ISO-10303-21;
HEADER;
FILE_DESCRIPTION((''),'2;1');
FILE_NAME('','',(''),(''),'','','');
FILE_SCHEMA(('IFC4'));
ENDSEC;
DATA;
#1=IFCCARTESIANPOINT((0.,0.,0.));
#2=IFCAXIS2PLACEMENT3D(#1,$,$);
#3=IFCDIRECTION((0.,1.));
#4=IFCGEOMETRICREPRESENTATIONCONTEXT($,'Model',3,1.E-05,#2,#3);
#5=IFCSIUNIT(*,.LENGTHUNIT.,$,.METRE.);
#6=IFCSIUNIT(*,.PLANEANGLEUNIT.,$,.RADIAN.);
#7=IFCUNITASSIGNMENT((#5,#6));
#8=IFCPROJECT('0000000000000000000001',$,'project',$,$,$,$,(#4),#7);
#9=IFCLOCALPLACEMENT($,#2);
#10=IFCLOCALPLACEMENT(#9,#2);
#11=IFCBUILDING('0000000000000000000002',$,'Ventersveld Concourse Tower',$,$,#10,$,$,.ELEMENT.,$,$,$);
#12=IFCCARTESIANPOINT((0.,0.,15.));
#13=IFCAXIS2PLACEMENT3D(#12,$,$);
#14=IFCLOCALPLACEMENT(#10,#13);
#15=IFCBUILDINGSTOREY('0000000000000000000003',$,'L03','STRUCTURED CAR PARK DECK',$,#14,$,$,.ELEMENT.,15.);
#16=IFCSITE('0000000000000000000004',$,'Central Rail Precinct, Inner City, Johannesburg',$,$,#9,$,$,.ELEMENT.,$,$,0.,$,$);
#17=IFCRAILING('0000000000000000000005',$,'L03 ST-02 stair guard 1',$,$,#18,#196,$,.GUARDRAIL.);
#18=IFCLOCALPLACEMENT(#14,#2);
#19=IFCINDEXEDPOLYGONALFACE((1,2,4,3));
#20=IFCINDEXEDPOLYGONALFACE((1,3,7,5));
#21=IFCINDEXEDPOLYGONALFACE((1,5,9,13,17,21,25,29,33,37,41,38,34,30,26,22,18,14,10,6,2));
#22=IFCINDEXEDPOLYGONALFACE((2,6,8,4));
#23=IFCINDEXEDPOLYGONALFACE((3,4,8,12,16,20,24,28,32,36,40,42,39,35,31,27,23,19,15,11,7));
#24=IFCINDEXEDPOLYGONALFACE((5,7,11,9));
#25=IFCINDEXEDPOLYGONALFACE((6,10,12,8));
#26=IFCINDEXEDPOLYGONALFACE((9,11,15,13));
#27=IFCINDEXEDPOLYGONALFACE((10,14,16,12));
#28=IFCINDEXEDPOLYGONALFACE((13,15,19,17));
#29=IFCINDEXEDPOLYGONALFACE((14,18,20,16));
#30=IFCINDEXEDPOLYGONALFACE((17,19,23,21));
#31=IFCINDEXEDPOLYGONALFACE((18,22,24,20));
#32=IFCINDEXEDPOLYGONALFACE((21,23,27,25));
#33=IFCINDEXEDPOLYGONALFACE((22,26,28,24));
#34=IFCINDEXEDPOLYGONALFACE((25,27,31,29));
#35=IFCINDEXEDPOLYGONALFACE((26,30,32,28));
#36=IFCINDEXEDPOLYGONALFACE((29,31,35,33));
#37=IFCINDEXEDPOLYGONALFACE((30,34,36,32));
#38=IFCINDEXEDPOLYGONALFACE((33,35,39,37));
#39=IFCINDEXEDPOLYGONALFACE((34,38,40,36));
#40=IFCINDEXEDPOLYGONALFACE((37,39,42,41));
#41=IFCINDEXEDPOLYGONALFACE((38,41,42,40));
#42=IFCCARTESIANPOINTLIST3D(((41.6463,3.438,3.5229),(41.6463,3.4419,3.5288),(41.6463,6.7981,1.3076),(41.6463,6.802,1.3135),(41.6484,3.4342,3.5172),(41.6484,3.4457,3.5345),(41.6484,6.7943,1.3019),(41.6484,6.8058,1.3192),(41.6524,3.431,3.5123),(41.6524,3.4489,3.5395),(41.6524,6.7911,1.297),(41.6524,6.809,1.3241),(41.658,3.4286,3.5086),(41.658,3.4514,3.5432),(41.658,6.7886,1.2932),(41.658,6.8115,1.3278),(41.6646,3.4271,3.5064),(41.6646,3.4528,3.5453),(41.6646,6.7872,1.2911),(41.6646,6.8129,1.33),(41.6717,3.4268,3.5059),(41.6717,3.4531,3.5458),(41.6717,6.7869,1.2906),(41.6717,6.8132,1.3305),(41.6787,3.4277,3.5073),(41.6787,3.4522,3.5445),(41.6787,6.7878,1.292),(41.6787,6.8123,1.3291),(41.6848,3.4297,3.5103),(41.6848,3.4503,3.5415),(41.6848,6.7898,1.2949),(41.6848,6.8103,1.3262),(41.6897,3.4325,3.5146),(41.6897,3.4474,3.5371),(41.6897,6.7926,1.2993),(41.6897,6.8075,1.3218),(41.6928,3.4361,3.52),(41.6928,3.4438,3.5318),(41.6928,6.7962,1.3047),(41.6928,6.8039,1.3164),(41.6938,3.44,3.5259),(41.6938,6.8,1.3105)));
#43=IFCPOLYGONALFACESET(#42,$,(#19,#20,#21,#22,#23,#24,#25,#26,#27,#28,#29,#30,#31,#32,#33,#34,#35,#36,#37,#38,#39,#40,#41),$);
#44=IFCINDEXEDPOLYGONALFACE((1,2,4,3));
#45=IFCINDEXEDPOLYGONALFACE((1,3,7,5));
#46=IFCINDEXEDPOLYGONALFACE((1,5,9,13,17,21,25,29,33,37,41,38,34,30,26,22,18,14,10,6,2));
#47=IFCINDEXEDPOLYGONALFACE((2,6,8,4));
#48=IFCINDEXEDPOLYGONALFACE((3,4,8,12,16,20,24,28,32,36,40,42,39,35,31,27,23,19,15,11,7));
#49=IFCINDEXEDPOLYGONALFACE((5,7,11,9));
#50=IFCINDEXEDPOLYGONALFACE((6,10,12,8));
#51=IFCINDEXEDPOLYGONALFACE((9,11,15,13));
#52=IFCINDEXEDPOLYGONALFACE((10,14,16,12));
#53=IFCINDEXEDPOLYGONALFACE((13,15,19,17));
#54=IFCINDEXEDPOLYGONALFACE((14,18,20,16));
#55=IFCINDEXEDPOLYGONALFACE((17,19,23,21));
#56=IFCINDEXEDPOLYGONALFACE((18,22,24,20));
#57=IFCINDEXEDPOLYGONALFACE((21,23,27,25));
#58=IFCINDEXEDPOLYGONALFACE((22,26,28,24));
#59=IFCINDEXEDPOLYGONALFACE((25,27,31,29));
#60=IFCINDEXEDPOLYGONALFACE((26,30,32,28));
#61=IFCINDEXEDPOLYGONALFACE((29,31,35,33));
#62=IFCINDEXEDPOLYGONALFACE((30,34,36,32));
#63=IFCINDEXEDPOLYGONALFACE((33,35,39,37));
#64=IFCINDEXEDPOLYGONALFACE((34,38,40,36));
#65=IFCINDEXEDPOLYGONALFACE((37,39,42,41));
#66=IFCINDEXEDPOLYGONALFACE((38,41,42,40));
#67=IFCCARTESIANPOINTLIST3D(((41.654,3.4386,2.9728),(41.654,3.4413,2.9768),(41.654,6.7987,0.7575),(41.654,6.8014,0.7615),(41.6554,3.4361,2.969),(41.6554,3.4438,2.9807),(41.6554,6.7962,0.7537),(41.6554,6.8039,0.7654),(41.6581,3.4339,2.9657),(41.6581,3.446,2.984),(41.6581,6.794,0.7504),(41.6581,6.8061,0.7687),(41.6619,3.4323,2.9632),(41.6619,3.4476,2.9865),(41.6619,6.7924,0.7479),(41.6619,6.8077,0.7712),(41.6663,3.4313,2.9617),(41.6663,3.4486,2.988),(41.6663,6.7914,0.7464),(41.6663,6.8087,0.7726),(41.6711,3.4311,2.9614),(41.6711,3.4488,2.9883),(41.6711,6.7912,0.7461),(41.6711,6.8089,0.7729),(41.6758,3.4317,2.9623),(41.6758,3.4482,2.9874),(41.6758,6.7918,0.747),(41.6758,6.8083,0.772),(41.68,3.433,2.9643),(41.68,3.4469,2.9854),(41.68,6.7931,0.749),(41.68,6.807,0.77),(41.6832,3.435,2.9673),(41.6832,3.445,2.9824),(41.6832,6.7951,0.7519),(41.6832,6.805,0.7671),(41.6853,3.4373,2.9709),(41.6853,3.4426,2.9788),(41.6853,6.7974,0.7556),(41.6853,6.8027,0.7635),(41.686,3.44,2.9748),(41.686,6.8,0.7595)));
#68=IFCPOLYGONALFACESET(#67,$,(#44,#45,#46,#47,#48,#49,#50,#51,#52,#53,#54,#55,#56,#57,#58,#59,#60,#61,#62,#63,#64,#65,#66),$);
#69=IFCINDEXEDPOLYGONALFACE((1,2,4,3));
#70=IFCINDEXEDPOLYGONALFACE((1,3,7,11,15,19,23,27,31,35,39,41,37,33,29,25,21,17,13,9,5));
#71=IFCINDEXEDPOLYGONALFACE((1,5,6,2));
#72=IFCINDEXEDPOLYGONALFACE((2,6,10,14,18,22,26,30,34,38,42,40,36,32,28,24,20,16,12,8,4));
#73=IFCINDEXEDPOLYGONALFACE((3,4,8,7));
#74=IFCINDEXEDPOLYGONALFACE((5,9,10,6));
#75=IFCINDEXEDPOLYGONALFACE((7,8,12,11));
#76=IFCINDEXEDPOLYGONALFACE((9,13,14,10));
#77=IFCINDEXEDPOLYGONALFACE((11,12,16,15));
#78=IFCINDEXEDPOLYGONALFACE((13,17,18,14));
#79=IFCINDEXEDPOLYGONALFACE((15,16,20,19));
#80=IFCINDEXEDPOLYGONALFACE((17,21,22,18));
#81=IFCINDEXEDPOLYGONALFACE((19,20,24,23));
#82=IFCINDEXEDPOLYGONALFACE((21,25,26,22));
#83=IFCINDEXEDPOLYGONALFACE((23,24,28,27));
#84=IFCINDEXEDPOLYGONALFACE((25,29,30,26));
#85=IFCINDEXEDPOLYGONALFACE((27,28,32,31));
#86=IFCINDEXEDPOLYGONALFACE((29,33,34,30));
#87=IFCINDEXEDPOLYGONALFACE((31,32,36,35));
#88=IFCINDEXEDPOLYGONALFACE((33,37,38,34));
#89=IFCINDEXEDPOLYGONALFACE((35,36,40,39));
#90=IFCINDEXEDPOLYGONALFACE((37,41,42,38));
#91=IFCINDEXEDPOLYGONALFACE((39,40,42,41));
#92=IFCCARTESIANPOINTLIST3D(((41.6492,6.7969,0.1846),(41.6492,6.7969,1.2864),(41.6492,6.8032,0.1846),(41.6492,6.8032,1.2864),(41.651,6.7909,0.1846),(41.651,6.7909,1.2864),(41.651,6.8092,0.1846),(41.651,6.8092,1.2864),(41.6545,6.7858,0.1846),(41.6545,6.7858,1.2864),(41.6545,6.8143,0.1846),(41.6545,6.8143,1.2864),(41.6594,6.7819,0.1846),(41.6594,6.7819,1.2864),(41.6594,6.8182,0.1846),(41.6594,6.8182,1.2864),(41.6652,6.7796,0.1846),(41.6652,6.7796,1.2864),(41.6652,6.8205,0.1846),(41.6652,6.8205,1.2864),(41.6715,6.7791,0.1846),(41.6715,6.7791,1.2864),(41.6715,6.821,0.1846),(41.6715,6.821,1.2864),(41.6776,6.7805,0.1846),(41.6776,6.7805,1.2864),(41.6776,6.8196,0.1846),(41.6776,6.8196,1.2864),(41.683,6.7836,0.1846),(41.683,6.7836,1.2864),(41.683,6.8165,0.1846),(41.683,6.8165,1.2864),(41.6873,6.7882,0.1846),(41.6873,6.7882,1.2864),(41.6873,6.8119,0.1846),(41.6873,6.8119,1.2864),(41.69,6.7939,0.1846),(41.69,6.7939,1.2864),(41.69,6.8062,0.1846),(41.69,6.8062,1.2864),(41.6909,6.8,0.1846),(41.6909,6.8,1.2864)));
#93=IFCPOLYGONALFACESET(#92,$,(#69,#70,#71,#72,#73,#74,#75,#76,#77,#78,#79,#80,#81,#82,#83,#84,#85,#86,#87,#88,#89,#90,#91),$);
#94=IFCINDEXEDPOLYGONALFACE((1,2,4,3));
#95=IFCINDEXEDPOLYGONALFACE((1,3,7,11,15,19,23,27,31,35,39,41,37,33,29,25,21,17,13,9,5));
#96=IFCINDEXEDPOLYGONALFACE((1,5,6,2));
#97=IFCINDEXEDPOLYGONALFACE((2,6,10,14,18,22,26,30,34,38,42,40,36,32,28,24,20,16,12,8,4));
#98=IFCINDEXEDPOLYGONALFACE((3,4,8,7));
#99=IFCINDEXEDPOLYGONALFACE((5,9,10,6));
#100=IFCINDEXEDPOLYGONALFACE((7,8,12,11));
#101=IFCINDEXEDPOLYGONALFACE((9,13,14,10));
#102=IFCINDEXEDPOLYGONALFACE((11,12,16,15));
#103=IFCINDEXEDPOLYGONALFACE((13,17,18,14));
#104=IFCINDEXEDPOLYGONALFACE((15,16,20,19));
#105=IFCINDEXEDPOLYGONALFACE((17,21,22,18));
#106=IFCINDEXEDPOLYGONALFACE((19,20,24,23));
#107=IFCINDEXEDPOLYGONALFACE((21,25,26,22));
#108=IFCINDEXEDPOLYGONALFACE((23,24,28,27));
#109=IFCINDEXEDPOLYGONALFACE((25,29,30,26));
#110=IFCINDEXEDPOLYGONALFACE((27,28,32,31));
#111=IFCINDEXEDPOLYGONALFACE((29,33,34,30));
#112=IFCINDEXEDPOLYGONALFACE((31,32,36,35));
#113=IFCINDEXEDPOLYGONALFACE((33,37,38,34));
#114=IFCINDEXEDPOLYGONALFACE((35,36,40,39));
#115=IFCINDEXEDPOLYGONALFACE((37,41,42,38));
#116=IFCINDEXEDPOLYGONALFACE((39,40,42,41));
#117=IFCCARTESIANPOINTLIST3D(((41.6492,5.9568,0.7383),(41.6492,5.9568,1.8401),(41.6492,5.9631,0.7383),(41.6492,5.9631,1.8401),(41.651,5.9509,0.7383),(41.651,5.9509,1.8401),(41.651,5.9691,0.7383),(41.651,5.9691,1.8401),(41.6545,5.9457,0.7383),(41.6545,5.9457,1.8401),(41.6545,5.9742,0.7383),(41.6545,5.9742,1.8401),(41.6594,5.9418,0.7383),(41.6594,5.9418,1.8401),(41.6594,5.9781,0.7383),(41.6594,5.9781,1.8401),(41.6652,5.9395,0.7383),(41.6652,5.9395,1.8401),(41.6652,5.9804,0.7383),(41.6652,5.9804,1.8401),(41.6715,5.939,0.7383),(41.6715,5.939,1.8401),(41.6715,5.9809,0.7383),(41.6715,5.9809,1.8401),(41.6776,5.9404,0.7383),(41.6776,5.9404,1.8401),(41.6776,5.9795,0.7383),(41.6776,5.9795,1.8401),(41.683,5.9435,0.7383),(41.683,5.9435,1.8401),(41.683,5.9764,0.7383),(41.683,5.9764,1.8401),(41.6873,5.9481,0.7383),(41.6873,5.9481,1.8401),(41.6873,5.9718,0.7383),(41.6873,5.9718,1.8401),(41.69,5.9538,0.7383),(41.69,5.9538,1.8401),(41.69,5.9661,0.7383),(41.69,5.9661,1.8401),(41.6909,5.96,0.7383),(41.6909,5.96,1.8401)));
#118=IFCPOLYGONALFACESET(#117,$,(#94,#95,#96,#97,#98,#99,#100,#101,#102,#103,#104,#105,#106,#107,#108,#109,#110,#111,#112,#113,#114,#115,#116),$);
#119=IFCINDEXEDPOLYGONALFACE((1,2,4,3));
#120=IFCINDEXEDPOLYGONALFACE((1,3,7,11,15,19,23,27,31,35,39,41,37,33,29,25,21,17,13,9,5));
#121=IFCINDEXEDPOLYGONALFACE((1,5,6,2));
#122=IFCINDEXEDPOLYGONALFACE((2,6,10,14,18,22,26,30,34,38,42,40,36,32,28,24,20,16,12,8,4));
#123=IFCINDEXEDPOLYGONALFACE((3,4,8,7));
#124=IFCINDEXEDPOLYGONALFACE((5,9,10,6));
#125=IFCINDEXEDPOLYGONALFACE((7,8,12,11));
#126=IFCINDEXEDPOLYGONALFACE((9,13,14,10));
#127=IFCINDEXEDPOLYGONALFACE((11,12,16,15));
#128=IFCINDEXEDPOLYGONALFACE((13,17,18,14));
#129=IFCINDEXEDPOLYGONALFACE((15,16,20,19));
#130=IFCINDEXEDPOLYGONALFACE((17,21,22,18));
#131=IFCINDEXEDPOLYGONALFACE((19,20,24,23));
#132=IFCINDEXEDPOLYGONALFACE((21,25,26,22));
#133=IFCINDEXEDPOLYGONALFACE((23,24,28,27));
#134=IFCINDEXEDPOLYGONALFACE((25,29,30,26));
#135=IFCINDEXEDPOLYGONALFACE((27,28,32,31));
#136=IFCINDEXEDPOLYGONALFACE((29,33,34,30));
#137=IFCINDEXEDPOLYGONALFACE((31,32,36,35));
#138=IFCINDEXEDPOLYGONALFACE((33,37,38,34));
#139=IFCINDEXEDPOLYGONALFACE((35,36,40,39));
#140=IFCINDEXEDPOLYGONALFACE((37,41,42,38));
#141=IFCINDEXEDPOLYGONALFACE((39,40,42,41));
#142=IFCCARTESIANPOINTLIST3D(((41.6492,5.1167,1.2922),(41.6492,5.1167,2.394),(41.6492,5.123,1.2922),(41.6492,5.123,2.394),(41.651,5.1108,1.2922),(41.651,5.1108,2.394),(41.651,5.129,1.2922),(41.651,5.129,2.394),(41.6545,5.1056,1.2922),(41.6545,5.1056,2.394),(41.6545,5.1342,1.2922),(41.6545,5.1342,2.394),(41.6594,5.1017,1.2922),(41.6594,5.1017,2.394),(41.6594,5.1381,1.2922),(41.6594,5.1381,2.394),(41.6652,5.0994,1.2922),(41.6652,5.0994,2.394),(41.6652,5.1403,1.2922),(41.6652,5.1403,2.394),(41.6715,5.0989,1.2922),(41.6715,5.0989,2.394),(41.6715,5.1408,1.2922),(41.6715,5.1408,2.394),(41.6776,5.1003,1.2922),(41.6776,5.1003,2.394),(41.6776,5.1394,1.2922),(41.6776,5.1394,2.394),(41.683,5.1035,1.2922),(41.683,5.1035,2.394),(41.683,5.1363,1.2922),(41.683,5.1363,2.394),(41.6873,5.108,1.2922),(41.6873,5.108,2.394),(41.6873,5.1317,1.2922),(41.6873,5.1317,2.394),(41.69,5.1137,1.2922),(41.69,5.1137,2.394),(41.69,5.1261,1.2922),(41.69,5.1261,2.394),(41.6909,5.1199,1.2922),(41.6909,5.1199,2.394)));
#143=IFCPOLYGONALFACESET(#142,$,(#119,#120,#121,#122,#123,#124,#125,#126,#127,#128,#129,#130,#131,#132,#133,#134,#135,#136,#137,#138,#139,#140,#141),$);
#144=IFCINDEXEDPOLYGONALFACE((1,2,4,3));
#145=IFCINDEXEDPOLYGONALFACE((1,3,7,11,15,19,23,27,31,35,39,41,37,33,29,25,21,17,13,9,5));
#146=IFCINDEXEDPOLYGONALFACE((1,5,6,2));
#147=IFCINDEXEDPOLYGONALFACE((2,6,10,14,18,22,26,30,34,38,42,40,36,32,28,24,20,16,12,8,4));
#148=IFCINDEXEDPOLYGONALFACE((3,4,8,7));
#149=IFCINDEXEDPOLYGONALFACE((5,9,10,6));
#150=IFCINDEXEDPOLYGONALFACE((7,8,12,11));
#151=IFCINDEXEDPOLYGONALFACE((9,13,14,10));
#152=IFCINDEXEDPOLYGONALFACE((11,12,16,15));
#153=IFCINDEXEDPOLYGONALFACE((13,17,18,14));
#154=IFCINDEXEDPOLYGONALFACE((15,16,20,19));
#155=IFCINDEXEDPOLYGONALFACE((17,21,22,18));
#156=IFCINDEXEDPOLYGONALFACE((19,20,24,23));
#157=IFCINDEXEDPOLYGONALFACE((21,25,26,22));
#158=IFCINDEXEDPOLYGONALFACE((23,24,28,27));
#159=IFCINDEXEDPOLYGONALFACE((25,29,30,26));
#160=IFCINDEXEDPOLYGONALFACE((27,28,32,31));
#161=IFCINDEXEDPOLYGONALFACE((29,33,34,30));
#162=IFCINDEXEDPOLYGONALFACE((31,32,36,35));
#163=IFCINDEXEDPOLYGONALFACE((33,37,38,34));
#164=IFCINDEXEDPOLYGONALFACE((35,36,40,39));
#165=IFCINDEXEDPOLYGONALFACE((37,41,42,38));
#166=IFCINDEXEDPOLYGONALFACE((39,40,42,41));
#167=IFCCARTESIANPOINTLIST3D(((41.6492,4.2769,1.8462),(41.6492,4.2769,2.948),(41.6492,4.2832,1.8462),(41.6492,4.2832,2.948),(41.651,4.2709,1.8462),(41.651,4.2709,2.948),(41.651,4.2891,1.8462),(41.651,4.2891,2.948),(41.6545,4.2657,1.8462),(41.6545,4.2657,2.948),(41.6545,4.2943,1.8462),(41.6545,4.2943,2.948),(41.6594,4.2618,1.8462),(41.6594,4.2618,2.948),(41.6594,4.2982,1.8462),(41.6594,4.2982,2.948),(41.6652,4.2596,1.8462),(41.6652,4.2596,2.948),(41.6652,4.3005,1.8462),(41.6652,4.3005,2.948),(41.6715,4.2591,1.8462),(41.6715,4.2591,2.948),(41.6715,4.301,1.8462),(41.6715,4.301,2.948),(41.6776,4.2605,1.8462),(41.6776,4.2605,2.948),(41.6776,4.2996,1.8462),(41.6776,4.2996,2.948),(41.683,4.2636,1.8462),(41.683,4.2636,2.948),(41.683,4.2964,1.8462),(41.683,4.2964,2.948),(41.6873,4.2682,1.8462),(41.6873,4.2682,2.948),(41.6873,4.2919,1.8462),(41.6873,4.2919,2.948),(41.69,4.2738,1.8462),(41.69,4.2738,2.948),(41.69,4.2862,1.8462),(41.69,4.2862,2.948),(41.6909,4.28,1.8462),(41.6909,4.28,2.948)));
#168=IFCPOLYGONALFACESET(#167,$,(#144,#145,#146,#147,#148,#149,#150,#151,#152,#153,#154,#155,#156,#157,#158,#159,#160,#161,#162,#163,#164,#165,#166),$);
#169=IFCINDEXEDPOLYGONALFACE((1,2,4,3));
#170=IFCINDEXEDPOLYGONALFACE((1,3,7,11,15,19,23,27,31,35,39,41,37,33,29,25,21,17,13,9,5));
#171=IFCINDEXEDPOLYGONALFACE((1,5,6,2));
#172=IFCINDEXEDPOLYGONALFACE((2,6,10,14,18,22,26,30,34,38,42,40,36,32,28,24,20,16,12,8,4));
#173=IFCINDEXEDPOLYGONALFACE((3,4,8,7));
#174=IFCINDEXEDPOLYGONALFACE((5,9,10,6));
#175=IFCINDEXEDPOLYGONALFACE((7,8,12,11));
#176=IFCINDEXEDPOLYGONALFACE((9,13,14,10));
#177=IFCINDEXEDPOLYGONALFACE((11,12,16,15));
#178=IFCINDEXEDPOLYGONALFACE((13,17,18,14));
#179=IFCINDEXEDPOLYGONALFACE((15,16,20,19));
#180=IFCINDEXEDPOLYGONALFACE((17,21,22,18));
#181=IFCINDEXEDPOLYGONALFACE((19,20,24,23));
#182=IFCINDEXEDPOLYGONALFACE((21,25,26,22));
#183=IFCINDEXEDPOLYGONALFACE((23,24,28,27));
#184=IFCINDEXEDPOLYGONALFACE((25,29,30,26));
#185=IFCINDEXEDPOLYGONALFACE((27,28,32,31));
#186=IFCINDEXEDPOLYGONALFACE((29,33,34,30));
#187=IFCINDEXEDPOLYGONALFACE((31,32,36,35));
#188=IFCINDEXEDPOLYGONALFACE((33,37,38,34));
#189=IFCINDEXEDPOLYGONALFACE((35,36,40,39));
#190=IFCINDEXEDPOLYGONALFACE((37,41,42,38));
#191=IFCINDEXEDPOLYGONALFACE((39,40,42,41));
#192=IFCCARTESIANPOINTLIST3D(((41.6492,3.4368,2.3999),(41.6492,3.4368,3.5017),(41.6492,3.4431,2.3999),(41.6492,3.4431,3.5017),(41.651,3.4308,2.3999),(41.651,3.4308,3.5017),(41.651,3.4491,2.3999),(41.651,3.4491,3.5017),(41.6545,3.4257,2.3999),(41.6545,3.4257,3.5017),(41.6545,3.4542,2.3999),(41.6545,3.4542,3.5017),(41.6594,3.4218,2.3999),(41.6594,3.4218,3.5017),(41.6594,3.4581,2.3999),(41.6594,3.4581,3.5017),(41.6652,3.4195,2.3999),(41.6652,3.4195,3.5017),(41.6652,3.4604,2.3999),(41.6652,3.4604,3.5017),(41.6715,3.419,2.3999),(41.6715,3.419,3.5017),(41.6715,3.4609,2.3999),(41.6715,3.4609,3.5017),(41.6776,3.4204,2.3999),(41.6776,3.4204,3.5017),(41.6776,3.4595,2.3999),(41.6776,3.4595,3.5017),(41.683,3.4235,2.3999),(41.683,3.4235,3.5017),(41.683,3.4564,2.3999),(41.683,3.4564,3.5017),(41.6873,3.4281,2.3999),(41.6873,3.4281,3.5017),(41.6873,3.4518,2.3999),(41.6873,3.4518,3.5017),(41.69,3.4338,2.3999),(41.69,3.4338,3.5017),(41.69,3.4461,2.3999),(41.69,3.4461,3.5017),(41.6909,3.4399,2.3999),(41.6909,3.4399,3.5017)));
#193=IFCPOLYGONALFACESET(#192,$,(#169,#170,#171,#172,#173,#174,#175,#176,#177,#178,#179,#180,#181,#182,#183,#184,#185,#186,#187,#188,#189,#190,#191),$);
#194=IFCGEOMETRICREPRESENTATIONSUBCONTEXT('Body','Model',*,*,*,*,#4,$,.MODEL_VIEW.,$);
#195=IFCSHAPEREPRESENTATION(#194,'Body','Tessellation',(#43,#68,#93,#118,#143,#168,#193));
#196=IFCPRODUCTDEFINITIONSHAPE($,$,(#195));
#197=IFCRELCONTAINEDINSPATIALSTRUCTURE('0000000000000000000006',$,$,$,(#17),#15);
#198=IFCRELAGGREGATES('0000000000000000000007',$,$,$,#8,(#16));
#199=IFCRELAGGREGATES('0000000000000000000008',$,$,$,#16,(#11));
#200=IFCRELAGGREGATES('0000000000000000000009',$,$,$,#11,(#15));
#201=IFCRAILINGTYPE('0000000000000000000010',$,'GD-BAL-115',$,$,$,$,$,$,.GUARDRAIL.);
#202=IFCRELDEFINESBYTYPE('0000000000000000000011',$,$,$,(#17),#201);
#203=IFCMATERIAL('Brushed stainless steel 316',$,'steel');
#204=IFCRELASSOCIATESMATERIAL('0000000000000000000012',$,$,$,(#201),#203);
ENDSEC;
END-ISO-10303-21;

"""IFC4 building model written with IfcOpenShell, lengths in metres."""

from ifc_helpers import new_model, si_unit, direction, frame, origin, origin_2d, place, context, subcontext, project, spatial, circle, extrude, material, type_object, element, save


model = new_model("IFC4")

# Units and contexts
model_context = context("Model", 3, precision=1e-05, world=origin(), true_north=direction((0.0, 1.0)))
body_context = subcontext(model_context, "Body", "Model", "MODEL_VIEW")
ifc_project = project(units=[si_unit("LENGTHUNIT", "METRE"), si_unit("PLANEANGLEUNIT", "RADIAN")], contexts=[model_context])

# Site, building, storey
site_placement = place(None, origin())
site = spatial("IfcSite", under=ifc_project, at=site_placement, Name="Central Rail Precinct, Inner City, Johannesburg", CompositionType="ELEMENT", RefElevation=0.0)
building_placement = place(site_placement, origin())
building = spatial("IfcBuilding", under=site, at=building_placement, Name="Ventersveld Concourse Tower", CompositionType="ELEMENT")
storey_placement = place(building_placement, frame((0.0, 0.0, 15.0)))
storey = spatial("IfcBuildingStorey", under=building, at=storey_placement, Name="L03", Description="STRUCTURED CAR PARK DECK", CompositionType="ELEMENT", Elevation=15.0)

# Railing
ifc_material_1 = material(Name="Brushed stainless steel 316", Category="steel")
railing_type_1 = type_object("IfcRailingType", Name="GD-BAL-115", PredefinedType="GUARDRAIL", material=ifc_material_1)
railing_1_placement = place(storey_placement, frame((41.6699, 6.8, 0.1846)))
element("IfcRailing", 1, at=railing_1_placement, inside=storey, type_object=railing_type_1, Name="L03 ST-02 stair guard 1", PredefinedType="GUARDRAIL", context=body_context, shape_type="SweptSolid", body=[
    extrude(circle(Radius=0.0239, at=origin_2d()), frame((0.0, 0.0, 1.126), z_axis=(0.0, -0.834876, 0.550437), x_axis=(1.0, 0.0, 0.0)), (0.0, 0.0, 1.0), 4.0247),
    extrude(circle(Radius=0.0161, at=origin_2d()), frame((0.0, 0.0, 0.575), z_axis=(0.0, -0.834876, 0.550437), x_axis=(1.0, 0.0, 0.0)), (0.0, 0.0, 1.0), 4.0247),
    extrude(circle(Radius=0.021, at=origin_2d()), origin(), (0.0, 0.0, 1.0), 1.1018),
    extrude(circle(Radius=0.021, at=origin_2d()), frame((0.0, -0.8401, 0.5537)), (0.0, 0.0, 1.0), 1.1018),
    extrude(circle(Radius=0.021, at=origin_2d()), frame((0.0, -1.6802, 1.1077)), (0.0, 0.0, 1.0), 1.1018),
    extrude(circle(Radius=0.021, at=origin_2d()), frame((0.0, -2.52, 1.6616)), (0.0, 0.0, 1.0), 1.1018),
    extrude(circle(Radius=0.021, at=origin_2d()), frame((0.0, -3.3601, 2.2153)), (0.0, 0.0, 1.0), 1.1018),
])

save(model, "model.ifc")
